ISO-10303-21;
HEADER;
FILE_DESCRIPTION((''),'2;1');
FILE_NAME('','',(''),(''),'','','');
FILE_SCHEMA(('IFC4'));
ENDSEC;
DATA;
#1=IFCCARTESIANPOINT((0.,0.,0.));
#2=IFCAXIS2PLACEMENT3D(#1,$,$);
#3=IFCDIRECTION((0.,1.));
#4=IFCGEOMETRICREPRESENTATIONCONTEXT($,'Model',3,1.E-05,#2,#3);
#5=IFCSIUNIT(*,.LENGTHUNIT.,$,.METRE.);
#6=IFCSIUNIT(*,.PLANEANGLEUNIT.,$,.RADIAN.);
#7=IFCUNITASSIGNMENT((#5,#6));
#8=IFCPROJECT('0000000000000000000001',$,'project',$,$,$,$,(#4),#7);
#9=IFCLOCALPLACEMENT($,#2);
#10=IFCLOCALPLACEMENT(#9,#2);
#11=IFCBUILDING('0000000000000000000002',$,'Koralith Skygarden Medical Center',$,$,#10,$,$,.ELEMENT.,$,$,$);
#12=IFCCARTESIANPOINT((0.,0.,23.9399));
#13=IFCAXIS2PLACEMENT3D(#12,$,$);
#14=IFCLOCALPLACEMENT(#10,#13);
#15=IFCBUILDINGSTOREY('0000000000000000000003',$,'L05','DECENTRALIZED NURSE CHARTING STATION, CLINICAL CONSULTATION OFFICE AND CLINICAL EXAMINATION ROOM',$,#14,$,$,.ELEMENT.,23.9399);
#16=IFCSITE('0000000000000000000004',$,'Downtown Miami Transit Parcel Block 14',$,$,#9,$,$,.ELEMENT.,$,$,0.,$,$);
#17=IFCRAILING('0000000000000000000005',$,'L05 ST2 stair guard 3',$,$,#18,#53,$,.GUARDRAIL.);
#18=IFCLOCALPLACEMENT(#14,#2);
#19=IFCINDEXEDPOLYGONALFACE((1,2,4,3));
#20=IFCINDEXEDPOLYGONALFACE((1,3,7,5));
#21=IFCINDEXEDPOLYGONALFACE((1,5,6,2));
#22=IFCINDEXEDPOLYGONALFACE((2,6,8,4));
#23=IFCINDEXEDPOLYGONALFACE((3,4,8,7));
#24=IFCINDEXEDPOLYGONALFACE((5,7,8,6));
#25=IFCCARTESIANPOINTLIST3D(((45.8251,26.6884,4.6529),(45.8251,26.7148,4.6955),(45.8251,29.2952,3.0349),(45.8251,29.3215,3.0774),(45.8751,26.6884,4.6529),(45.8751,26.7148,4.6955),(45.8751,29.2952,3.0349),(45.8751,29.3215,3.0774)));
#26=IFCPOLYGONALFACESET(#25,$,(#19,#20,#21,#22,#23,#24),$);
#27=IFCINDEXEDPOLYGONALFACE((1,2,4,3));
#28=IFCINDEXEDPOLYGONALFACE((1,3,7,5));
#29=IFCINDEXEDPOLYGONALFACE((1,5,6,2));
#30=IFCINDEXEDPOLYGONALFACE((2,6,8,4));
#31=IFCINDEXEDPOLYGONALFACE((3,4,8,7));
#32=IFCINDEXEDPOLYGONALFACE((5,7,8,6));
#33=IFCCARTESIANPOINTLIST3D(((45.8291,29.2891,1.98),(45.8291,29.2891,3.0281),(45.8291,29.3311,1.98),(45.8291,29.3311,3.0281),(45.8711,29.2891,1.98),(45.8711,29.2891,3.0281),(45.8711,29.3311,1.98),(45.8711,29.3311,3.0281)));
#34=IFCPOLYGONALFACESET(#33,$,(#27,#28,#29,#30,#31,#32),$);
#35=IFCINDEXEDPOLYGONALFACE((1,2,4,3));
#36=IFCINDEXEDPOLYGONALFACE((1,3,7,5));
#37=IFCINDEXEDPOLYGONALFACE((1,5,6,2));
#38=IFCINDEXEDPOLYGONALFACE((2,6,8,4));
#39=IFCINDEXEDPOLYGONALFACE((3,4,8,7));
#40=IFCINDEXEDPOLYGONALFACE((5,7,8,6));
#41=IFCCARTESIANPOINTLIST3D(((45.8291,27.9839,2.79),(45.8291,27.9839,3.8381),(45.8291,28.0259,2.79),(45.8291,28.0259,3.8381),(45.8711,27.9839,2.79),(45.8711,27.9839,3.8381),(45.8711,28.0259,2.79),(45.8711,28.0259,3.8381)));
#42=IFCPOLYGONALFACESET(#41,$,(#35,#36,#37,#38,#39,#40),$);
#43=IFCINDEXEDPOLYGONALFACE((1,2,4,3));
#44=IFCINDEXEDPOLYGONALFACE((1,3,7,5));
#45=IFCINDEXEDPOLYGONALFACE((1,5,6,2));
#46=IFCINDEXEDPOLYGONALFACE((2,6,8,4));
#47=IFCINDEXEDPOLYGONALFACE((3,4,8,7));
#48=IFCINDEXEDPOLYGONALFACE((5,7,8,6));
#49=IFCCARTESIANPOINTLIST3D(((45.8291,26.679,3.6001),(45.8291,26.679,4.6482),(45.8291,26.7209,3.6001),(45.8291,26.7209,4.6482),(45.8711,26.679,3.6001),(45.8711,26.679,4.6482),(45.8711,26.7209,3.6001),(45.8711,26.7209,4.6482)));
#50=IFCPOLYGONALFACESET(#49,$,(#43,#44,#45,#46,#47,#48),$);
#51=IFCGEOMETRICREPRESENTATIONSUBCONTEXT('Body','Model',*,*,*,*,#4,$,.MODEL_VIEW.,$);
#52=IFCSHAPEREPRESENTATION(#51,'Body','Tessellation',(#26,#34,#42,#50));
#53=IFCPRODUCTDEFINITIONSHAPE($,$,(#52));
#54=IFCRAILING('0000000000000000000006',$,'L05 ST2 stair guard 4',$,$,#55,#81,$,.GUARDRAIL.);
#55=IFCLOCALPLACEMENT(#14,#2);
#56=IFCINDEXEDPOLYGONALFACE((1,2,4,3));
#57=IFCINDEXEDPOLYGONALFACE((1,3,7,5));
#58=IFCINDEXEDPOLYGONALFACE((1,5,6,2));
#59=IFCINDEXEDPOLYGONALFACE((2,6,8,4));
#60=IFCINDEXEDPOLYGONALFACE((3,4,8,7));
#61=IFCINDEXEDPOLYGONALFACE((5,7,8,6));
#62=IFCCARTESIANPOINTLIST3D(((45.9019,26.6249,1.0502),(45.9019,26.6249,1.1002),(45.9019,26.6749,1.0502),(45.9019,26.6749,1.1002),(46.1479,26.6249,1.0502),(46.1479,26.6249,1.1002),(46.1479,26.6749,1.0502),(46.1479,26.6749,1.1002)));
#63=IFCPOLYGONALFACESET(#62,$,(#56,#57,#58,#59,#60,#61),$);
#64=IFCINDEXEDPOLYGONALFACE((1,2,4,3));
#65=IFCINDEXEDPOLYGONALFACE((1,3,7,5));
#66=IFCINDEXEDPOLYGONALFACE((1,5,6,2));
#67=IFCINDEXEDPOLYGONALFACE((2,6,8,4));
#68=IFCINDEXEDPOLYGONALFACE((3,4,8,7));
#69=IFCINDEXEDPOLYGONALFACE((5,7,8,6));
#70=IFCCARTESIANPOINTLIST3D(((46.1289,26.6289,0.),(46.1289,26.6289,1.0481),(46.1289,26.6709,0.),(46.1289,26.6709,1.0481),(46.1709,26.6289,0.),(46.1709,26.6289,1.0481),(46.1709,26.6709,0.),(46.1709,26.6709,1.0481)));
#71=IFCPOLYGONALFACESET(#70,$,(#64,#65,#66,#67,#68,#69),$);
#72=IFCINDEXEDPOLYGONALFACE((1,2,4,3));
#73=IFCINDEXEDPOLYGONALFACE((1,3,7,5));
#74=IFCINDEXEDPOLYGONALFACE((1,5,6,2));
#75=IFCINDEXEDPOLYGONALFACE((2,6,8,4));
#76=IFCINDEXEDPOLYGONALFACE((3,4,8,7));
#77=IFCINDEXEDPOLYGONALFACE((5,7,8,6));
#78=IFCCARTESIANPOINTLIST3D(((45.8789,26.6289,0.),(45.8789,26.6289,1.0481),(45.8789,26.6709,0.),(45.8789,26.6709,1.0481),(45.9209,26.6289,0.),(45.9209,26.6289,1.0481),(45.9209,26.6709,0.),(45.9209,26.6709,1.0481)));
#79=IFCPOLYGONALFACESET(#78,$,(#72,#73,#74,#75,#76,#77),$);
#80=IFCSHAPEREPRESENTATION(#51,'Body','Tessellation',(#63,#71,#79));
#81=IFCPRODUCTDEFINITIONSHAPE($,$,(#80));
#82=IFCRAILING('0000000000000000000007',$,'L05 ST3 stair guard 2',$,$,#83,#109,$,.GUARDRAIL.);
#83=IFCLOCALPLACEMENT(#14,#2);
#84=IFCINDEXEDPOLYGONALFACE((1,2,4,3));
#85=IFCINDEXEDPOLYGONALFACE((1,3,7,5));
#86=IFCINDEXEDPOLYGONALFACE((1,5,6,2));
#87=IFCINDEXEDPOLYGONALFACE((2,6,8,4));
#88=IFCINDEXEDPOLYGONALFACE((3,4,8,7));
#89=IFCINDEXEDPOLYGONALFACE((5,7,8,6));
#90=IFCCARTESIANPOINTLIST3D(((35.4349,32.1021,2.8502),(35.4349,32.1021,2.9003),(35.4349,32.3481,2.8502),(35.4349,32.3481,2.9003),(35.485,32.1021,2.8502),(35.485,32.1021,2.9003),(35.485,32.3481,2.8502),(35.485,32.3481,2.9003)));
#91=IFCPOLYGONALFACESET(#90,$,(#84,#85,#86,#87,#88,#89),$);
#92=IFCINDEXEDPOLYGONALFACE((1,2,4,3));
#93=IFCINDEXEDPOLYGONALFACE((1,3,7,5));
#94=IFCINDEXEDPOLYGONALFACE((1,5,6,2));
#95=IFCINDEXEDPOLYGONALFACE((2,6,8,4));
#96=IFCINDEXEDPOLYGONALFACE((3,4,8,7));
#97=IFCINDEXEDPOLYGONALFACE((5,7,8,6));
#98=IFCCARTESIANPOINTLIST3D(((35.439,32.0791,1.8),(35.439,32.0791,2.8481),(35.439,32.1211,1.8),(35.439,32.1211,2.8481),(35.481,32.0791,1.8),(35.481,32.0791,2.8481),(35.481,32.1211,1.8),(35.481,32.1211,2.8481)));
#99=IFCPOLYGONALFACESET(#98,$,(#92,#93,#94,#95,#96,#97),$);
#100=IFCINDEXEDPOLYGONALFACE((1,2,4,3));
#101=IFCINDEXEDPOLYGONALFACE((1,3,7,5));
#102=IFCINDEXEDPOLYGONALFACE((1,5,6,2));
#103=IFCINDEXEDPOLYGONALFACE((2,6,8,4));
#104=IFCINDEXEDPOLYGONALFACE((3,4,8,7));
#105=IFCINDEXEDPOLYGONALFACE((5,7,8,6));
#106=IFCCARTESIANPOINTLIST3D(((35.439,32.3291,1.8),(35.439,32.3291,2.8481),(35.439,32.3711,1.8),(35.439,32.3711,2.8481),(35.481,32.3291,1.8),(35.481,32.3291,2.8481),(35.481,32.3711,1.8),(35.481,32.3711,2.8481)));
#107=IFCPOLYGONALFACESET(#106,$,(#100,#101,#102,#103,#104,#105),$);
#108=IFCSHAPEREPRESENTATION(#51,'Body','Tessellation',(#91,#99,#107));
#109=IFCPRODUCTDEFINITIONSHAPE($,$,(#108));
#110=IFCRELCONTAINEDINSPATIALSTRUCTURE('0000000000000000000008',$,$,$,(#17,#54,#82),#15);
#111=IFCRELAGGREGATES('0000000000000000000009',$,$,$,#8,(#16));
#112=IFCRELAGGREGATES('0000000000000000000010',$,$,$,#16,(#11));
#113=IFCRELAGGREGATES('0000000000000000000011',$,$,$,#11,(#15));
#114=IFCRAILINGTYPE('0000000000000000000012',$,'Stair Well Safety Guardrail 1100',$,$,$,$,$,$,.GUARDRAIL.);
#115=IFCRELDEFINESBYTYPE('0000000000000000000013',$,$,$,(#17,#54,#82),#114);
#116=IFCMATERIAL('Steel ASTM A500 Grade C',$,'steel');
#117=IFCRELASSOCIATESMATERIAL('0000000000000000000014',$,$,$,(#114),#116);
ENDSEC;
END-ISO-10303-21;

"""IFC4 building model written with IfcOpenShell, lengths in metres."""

from ifc_helpers import new_model, si_unit, direction, frame, origin, origin_2d, place, context, subcontext, project, spatial, rectangle, extrude, material, type_object, element, save


model = new_model("IFC4")

# Units and contexts
model_context = context("Model", 3, precision=1e-05, world=origin(), true_north=direction((0.0, 1.0)))
body_context = subcontext(model_context, "Body", "Model", "MODEL_VIEW")
ifc_project = project(units=[si_unit("LENGTHUNIT", "METRE"), si_unit("PLANEANGLEUNIT", "RADIAN")], contexts=[model_context])

# Site, building, storey
site_placement = place(None, origin())
site = spatial("IfcSite", under=ifc_project, at=site_placement, Name="Downtown Miami Transit Parcel Block 14", CompositionType="ELEMENT", RefElevation=0.0)
building_placement = place(site_placement, origin())
building = spatial("IfcBuilding", under=site, at=building_placement, Name="Koralith Skygarden Medical Center", CompositionType="ELEMENT")
storey_placement = place(building_placement, frame((0.0, 0.0, 23.9399)))
storey = spatial("IfcBuildingStorey", under=building, at=storey_placement, Name="L05", Description="DECENTRALIZED NURSE CHARTING STATION, CLINICAL CONSULTATION OFFICE AND CLINICAL EXAMINATION ROOM", CompositionType="ELEMENT", Elevation=23.9399)

# Shared definitions
ifc_material_1 = material(Name="Steel ASTM A500 Grade C", Category="steel")

# Railings
railing_type_1 = type_object("IfcRailingType", Name="Stair Well Safety Guardrail 1100", PredefinedType="GUARDRAIL", material=ifc_material_1)
railing_1_placement = place(storey_placement, frame((45.8501, 29.3101, 1.98)))
element("IfcRailing", 1, at=railing_1_placement, inside=storey, type_object=railing_type_1, Name="L05 ST2 stair guard 3", PredefinedType="GUARDRAIL", context=body_context, shape_type="SweptSolid", body=[
    extrude(rectangle(XDim=0.05, YDim=0.05, at=origin_2d()), frame((0.0, -0.0017, 1.0762), z_axis=(0.0, -0.849633, 0.527375), x_axis=(1.0, 0.0, 0.0)), (0.0, 0.0, 1.0), 3.0681),
    extrude(rectangle(XDim=0.042, YDim=0.042, at=origin_2d()), origin(), (0.0, 0.0, 1.0), 1.0481),
    extrude(rectangle(XDim=0.042, YDim=0.042, at=origin_2d()), frame((0.0, -1.3052, 0.8101)), (0.0, 0.0, 1.0), 1.0481),
    extrude(rectangle(XDim=0.042, YDim=0.042, at=origin_2d()), frame((0.0, -2.6101, 1.6201)), (0.0, 0.0, 1.0), 1.0481),
])
railing_2_placement = place(storey_placement, frame((46.1499, 26.6499, 0.0)))
element("IfcRailing", 2, at=railing_2_placement, inside=storey, type_object=railing_type_1, Name="L05 ST2 stair guard 4", PredefinedType="GUARDRAIL", context=body_context, shape_type="SweptSolid", body=[
    extrude(rectangle(XDim=0.05, YDim=0.05, at=origin_2d()), frame((-0.002, 0.0, 1.0752), z_axis=(-1.0, 0.0, 0.0), x_axis=(0.0, -1.0, 0.0)), (0.0, 0.0, 1.0), 0.2461),
    extrude(rectangle(XDim=0.042, YDim=0.042, at=origin_2d()), origin(), (0.0, 0.0, 1.0), 1.0481),
    extrude(rectangle(XDim=0.042, YDim=0.042, at=origin_2d()), frame((-0.25, 0.0, 0.0)), (0.0, 0.0, 1.0), 1.0481),
])
railing_3_placement = place(storey_placement, frame((35.46, 32.1001, 1.8)))
element("IfcRailing", 3, at=railing_3_placement, inside=storey, type_object=railing_type_1, Name="L05 ST3 stair guard 2", PredefinedType="GUARDRAIL", context=body_context, shape_type="SweptSolid", body=[
    extrude(rectangle(XDim=0.05, YDim=0.05, at=origin_2d()), frame((0.0, 0.002, 1.0752), z_axis=(0.0, 1.0, 0.0), x_axis=(-1.0, 0.0, 0.0)), (0.0, 0.0, 1.0), 0.2461),
    extrude(rectangle(XDim=0.042, YDim=0.042, at=origin_2d()), origin(), (0.0, 0.0, 1.0), 1.0481),
    extrude(rectangle(XDim=0.042, YDim=0.042, at=origin_2d()), frame((0.0, 0.25, 0.0)), (0.0, 0.0, 1.0), 1.0481),
])

save(model, "model.ifc")
